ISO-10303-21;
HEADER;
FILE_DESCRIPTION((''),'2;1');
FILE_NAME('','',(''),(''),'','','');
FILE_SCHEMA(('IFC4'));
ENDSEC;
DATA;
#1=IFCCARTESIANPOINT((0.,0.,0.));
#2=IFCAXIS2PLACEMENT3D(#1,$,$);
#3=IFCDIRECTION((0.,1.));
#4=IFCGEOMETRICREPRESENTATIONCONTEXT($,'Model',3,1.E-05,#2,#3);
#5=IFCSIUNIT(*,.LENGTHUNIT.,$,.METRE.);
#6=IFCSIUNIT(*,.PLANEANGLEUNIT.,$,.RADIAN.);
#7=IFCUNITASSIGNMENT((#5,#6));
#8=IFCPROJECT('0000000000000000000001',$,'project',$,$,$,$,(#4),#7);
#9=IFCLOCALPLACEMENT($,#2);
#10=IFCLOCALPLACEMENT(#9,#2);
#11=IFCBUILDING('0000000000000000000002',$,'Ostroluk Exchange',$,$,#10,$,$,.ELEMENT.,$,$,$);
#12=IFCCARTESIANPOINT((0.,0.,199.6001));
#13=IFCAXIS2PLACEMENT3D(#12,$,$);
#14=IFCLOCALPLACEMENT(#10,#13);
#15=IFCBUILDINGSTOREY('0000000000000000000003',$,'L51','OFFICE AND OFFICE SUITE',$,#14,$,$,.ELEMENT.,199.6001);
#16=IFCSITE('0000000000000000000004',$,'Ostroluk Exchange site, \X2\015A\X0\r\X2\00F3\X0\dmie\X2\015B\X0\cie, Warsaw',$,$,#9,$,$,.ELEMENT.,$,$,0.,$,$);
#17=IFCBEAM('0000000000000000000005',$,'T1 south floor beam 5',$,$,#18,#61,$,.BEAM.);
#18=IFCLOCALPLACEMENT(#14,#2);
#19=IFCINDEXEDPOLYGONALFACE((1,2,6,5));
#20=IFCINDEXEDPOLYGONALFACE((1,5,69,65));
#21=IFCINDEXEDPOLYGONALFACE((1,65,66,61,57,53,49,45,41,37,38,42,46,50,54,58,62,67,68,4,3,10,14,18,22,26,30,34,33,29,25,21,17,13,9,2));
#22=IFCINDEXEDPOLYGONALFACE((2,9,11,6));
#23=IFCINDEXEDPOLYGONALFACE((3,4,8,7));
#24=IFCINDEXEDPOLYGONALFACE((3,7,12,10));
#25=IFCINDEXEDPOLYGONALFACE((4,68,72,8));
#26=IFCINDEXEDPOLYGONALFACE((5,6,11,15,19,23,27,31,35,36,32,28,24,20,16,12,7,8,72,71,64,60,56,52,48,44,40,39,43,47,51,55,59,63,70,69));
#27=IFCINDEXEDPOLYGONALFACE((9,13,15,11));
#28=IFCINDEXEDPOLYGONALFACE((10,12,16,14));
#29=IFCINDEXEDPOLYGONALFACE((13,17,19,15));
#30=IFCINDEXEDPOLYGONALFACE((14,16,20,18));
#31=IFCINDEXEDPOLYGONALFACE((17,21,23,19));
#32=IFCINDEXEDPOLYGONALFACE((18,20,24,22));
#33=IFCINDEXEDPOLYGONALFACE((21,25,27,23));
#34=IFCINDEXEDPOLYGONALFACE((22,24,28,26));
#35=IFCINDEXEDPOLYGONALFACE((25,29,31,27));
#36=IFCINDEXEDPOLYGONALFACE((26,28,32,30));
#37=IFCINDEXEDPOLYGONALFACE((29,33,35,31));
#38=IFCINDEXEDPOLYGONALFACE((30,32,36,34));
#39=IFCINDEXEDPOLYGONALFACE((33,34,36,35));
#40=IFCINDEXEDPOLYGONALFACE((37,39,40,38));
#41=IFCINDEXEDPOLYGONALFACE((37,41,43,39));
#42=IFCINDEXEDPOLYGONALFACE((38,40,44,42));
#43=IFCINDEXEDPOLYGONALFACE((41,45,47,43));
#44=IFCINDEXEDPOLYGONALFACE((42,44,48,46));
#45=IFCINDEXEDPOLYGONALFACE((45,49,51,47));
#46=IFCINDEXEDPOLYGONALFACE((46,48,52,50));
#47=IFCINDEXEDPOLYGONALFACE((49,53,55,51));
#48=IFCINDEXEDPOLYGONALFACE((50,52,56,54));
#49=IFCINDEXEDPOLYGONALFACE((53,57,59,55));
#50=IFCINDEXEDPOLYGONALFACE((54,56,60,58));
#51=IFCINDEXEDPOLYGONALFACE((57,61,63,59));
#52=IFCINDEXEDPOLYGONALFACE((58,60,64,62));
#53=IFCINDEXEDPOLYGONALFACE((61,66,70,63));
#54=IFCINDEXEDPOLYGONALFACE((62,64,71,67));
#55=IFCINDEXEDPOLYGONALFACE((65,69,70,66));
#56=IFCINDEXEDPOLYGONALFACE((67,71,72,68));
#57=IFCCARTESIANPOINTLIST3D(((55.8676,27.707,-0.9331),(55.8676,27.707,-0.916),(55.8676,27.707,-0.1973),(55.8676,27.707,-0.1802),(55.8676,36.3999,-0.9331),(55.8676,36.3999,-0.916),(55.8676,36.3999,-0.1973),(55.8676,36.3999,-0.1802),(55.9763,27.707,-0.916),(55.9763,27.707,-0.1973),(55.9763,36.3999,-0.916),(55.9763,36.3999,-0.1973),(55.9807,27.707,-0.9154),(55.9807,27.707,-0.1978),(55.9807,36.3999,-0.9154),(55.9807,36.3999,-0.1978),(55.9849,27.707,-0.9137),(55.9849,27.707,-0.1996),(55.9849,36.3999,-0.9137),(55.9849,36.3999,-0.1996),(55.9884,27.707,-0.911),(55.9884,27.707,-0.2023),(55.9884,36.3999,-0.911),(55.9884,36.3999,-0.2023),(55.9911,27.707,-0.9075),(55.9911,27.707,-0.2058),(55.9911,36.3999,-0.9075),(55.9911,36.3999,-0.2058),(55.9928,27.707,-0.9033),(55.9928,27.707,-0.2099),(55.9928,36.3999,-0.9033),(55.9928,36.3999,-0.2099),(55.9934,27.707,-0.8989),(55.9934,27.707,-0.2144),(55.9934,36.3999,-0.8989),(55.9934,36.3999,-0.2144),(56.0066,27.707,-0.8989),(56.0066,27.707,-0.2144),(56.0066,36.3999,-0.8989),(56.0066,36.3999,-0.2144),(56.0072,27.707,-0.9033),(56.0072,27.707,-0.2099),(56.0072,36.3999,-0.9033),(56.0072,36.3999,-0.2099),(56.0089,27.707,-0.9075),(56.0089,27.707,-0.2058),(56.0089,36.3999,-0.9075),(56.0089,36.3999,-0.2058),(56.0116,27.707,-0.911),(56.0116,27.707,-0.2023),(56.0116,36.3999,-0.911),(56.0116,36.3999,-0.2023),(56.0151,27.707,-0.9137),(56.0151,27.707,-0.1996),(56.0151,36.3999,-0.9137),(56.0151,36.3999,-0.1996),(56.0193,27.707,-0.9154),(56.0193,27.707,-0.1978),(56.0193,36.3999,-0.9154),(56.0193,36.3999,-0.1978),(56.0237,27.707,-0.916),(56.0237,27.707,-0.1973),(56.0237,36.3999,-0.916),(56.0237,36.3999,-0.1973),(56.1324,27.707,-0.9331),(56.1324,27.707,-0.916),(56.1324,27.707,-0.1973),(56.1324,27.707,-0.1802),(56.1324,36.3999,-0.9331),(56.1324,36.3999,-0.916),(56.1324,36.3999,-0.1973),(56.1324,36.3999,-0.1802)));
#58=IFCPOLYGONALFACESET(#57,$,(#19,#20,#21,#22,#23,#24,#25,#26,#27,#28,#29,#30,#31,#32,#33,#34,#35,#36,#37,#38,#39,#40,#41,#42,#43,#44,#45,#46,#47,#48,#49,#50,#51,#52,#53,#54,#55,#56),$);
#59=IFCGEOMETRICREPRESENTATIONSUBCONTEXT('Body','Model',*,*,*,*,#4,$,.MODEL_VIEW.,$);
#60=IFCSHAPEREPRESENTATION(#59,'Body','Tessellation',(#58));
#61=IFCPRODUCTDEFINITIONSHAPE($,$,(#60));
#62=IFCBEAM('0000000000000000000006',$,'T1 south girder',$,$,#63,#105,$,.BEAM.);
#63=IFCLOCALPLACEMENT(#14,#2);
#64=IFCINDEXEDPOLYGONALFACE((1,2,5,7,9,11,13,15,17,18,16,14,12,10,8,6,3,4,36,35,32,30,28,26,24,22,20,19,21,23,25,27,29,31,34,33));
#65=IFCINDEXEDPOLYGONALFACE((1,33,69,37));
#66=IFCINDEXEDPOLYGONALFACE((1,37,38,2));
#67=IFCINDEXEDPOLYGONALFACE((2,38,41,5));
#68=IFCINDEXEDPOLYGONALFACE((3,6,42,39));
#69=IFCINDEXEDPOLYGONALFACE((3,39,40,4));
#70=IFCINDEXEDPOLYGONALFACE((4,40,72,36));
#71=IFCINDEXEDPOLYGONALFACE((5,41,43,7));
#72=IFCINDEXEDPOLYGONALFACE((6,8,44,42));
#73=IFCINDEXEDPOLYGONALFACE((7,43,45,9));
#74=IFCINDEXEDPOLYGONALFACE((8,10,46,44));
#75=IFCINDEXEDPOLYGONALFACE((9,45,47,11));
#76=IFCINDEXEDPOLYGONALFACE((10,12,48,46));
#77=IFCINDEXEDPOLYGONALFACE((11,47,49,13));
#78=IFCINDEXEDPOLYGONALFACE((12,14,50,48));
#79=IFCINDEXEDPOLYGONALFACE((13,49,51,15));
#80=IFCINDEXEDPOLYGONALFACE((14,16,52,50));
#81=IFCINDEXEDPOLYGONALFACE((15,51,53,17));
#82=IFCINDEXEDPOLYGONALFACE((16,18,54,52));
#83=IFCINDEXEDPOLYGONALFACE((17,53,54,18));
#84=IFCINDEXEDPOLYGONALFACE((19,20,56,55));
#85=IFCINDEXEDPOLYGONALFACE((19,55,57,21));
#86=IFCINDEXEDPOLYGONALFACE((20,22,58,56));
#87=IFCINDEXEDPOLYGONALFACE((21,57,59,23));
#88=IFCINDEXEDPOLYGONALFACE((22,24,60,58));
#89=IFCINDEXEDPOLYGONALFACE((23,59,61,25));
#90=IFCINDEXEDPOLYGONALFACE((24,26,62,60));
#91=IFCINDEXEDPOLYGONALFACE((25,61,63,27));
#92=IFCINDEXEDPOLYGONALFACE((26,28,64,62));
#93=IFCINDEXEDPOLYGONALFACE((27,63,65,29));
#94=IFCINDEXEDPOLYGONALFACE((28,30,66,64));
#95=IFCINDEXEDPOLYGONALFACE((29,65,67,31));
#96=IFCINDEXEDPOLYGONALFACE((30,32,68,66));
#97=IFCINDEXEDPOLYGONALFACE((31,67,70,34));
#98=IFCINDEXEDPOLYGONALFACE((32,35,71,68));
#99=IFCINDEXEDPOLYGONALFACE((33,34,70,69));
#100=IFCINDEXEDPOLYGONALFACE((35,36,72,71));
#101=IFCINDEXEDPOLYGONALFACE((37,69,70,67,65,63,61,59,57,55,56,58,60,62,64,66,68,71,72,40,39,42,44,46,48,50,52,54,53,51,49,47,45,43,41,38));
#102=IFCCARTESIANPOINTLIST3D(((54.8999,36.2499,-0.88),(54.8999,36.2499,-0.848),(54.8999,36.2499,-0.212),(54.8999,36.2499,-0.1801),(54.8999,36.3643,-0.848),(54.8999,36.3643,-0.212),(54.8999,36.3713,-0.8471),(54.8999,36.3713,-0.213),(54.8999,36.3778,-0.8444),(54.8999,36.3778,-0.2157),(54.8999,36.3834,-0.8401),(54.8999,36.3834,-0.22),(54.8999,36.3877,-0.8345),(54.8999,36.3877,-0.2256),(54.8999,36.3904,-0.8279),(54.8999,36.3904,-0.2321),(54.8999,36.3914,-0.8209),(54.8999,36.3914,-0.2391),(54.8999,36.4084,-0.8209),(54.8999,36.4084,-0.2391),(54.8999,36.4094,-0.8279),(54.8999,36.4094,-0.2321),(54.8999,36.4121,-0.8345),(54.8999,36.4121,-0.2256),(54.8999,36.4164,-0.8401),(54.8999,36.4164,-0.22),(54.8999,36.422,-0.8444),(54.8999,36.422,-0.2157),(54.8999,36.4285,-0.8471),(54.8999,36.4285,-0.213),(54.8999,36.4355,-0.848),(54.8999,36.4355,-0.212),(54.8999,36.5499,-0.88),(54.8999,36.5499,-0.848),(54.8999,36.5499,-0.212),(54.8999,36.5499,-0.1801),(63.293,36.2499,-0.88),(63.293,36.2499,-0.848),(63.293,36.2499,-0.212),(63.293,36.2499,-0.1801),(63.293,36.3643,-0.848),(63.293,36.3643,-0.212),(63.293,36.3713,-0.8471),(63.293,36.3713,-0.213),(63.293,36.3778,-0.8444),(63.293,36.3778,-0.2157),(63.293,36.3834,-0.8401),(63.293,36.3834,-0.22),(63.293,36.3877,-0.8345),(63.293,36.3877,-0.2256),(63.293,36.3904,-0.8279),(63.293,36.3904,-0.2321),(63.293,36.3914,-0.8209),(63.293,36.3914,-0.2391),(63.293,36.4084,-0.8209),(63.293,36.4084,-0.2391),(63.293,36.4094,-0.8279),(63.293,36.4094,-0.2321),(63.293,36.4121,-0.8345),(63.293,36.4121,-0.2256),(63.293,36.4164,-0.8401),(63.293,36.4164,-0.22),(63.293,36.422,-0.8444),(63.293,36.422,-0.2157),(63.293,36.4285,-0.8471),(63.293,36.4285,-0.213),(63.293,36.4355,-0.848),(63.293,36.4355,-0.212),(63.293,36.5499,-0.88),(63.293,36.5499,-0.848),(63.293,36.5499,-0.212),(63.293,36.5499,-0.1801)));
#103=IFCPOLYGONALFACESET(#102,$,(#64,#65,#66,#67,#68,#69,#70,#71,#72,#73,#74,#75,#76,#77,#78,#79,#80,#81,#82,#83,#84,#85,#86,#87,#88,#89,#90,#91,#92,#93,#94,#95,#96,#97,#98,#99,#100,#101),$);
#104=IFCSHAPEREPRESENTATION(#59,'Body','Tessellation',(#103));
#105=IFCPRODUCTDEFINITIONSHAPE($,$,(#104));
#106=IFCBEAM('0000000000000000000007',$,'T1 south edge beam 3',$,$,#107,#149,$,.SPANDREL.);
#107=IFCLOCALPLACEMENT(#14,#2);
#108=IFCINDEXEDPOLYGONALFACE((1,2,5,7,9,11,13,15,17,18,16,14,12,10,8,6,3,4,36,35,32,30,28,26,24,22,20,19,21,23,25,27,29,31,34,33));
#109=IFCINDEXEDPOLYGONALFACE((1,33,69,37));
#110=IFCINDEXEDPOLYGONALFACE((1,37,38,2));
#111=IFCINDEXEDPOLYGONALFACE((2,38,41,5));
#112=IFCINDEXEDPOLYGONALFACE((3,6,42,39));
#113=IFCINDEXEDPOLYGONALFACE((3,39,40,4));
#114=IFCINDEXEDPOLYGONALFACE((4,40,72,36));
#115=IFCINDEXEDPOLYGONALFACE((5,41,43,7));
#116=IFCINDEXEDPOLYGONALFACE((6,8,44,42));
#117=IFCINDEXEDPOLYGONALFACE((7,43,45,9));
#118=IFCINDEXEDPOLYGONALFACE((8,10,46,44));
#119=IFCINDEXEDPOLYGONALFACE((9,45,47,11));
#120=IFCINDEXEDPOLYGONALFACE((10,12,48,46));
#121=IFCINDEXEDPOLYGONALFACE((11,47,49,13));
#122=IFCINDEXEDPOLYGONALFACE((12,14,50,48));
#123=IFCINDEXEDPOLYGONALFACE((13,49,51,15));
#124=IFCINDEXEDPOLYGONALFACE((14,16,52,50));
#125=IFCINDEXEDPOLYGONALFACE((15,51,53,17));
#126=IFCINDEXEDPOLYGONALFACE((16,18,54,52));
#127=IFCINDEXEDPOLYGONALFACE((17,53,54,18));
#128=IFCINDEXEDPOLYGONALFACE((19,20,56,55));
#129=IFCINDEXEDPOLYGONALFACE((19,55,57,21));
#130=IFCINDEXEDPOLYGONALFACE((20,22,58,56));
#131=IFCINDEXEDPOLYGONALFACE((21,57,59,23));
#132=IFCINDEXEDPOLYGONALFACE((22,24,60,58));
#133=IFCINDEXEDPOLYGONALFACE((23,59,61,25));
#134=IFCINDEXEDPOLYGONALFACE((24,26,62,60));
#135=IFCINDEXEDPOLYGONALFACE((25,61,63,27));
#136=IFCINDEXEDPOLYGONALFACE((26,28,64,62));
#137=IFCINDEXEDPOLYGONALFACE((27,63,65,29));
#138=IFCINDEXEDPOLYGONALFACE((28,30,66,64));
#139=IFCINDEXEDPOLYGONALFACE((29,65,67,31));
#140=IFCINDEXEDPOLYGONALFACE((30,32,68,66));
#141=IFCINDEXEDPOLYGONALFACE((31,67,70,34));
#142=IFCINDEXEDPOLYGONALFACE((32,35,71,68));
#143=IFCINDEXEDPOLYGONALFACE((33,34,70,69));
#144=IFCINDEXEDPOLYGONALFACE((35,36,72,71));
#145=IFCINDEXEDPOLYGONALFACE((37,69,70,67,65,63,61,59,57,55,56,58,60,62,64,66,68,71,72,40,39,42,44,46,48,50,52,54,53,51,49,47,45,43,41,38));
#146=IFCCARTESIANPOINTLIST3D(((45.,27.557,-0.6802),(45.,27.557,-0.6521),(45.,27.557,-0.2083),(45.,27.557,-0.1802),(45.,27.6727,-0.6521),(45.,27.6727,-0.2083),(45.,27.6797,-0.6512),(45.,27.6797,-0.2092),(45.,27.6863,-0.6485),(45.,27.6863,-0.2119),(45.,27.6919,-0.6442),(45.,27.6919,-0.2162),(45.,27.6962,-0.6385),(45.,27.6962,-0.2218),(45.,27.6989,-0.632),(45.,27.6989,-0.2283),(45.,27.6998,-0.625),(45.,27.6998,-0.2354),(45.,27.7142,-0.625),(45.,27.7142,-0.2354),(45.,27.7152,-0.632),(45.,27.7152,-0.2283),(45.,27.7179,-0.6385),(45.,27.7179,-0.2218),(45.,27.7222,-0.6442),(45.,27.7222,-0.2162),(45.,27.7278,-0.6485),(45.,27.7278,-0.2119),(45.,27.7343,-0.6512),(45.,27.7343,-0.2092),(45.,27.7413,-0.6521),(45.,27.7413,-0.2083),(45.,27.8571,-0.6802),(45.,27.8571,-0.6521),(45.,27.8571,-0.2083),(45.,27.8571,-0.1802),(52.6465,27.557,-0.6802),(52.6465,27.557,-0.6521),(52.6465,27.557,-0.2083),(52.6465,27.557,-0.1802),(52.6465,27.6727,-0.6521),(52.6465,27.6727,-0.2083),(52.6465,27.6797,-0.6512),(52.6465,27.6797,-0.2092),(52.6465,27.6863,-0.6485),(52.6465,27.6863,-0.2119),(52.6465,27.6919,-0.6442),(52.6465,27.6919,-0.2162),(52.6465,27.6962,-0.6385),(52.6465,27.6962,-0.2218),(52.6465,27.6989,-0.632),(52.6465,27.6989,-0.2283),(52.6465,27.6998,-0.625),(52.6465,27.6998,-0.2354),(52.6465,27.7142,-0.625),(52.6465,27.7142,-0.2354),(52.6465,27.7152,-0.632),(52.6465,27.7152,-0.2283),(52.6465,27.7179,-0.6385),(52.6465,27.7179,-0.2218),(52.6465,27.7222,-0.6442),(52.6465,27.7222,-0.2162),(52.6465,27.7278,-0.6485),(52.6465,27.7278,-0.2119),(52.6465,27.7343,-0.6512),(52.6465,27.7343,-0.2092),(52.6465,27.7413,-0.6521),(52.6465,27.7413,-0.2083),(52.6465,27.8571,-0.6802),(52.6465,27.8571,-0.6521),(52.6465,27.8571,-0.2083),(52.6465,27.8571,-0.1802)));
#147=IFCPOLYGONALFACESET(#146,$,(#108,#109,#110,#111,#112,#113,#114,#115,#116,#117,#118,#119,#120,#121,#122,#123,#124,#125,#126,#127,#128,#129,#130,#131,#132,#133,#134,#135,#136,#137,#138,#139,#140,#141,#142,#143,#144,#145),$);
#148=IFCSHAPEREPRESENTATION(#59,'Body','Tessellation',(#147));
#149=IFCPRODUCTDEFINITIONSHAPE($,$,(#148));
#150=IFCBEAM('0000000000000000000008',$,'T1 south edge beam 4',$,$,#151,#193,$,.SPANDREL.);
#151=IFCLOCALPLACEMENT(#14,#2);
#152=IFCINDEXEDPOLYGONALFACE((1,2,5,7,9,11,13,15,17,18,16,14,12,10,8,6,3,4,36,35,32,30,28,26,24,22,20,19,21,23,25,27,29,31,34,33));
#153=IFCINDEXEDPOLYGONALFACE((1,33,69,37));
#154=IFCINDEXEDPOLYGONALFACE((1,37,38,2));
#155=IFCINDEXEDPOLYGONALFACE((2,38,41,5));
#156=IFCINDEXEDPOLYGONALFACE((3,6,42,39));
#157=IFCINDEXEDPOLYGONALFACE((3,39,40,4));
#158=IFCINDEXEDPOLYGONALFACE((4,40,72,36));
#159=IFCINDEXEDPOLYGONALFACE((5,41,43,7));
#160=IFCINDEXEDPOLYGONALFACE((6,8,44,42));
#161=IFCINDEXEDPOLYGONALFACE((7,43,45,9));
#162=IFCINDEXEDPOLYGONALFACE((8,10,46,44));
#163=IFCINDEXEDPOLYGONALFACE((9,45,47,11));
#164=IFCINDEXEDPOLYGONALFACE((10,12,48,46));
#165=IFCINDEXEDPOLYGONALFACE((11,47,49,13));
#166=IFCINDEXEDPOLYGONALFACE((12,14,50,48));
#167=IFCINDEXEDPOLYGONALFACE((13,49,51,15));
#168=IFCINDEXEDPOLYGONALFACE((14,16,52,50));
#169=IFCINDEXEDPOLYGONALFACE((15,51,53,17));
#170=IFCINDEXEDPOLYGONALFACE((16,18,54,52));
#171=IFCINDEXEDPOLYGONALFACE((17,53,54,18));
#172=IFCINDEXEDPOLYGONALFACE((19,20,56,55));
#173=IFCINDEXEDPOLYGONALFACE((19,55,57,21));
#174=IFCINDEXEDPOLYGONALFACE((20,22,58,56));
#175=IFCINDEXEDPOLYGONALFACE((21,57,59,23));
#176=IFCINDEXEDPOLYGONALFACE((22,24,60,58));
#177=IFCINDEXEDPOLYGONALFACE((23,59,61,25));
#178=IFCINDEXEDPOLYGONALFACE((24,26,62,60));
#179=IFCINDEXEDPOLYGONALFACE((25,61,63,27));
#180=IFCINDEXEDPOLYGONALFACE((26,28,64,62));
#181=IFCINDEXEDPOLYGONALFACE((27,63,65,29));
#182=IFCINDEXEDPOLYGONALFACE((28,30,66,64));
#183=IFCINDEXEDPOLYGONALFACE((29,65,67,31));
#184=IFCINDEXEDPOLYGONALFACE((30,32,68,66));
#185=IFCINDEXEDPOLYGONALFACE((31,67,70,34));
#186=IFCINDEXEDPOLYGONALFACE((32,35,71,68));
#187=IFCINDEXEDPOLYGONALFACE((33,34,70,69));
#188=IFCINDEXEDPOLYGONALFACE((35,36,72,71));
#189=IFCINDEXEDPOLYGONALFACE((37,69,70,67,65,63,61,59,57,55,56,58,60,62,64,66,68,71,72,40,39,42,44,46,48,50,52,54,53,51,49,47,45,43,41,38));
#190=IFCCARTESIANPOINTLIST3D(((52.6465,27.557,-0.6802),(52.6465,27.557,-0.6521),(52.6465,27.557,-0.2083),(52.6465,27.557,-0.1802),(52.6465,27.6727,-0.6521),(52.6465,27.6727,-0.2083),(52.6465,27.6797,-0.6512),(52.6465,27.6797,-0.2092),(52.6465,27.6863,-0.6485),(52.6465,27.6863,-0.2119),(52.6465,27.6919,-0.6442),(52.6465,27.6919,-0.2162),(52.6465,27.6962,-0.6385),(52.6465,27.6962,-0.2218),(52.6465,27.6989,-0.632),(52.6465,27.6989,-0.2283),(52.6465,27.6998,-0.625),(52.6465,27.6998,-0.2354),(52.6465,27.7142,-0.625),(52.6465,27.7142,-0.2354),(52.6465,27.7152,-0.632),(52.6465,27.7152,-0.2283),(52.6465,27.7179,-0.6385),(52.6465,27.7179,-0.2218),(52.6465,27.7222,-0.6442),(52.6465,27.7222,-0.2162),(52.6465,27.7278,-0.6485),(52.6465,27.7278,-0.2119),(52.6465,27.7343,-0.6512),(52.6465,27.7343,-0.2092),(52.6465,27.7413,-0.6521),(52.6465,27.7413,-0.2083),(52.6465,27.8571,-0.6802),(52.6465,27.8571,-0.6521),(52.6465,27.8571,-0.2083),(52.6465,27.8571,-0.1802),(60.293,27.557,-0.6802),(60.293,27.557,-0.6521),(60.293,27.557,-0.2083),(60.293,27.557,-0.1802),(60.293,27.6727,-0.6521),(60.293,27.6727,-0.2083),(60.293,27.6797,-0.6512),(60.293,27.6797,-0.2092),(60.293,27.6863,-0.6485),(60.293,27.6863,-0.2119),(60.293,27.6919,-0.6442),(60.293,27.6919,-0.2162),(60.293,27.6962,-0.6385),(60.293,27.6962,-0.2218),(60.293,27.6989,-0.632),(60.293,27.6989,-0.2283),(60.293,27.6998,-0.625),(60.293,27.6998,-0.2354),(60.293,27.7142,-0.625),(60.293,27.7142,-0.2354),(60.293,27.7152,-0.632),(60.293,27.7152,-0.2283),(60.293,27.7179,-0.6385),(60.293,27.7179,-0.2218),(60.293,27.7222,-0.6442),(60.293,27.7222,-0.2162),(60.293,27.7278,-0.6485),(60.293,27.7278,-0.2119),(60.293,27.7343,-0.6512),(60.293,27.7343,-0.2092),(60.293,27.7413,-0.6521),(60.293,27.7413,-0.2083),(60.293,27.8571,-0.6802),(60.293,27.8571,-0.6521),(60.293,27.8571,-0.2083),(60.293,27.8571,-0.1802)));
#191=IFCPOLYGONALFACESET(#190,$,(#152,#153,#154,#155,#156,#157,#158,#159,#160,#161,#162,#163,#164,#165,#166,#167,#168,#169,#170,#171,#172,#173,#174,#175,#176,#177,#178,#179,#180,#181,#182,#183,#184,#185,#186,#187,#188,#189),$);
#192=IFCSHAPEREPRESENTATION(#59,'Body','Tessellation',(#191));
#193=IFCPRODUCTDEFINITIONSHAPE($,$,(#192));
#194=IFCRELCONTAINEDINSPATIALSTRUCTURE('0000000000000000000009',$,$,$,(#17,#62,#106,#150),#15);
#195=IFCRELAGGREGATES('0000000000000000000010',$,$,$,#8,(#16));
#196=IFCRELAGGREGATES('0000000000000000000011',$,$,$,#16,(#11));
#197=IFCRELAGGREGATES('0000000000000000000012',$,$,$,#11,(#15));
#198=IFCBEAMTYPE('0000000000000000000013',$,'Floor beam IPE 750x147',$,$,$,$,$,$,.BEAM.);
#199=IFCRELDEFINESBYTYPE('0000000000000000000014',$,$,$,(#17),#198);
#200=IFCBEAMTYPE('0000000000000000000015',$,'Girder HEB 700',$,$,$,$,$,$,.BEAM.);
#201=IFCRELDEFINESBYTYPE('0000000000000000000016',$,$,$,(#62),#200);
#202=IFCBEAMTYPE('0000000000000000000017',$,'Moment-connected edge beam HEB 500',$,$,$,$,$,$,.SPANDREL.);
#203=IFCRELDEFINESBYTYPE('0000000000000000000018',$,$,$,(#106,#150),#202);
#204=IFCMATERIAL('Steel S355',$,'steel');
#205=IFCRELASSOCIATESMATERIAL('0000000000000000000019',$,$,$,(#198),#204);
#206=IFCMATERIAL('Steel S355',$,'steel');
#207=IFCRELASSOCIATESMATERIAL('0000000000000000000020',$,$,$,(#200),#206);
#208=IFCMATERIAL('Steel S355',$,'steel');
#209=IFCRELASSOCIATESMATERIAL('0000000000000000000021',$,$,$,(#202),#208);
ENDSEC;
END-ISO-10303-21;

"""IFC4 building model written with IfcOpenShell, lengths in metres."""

from ifc_helpers import new_model, si_unit, direction, frame, origin, origin_2d, place, context, subcontext, project, spatial, i_section, extrude, material, material_profile, profile_set, type_object, element, save


model = new_model("IFC4")

# Units and contexts
model_context = context("Model", 3, precision=1e-05, world=origin(), true_north=direction((0.0, 1.0)))
body_context = subcontext(model_context, "Body", "Model", "MODEL_VIEW")
ifc_project = project(units=[si_unit("LENGTHUNIT", "METRE"), si_unit("PLANEANGLEUNIT", "RADIAN")], contexts=[model_context])

# Site, building, storey
site_placement = place(None, origin())
site = spatial("IfcSite", under=ifc_project, at=site_placement, Name="Ostroluk Exchange site, Śródmieście, Warsaw", CompositionType="ELEMENT", RefElevation=0.0)
building_placement = place(site_placement, origin())
building = spatial("IfcBuilding", under=site, at=building_placement, Name="Ostroluk Exchange", CompositionType="ELEMENT")
storey_placement = place(building_placement, frame((0.0, 0.0, 199.6001)))
storey = spatial("IfcBuildingStorey", under=building, at=storey_placement, Name="L51", Description="OFFICE AND OFFICE SUITE", CompositionType="ELEMENT", Elevation=199.6001)

# Beams
ifc_material_1 = material(Name="Steel S355", Category="steel")
ifc_material_profile_1 = material_profile(ifc_material_1, i_section(OverallWidth=0.2649, OverallDepth=0.7529, WebThickness=0.0132, FlangeThickness=0.0171, FilletRadius=0.0171, at=origin_2d()), Name="IPE 750x147")
ifc_profile_set_1 = profile_set([ifc_material_profile_1], Name="Steel S355")
beam_type_1 = type_object("IfcBeamType", Name="Floor beam IPE 750x147", PredefinedType="BEAM", material=ifc_profile_set_1)
beam_1_placement = place(storey_placement, frame((56.0, 36.3999, -0.5566), z_axis=(0.0, -1.0, 0.0), x_axis=(1.0, 0.0, 0.0)))
element("IfcBeam", 1, at=beam_1_placement, inside=storey, type_object=beam_type_1, Name="T1 south floor beam 5", PredefinedType="BEAM", context=body_context, shape_type="SweptSolid", body=[
    extrude(i_section(OverallWidth=0.2649, OverallDepth=0.7529, WebThickness=0.0132, FlangeThickness=0.0171, FilletRadius=0.0171, at=origin_2d()), origin(), (0.0, 0.0, 1.0), 8.6929),
])
ifc_material_2 = material(Name="Steel S355", Category="steel")
ifc_material_profile_2 = material_profile(ifc_material_2, i_section(OverallWidth=0.3, OverallDepth=0.7, WebThickness=0.0171, FlangeThickness=0.032, FilletRadius=0.0271, at=origin_2d()), Name="HEB 700")
ifc_profile_set_2 = profile_set([ifc_material_profile_2], Name="Steel S355")
beam_type_2 = type_object("IfcBeamType", Name="Girder HEB 700", PredefinedType="BEAM", material=ifc_profile_set_2)
beam_2_placement = place(storey_placement, frame((54.8999, 36.3999, -0.53), z_axis=(1.0, 0.0, 0.0), x_axis=(0.0, 1.0, 0.0)))
element("IfcBeam", 2, at=beam_2_placement, inside=storey, type_object=beam_type_2, Name="T1 south girder", PredefinedType="BEAM", context=body_context, shape_type="SweptSolid", body=[
    extrude(i_section(OverallWidth=0.3, OverallDepth=0.7, WebThickness=0.0171, FlangeThickness=0.032, FilletRadius=0.0271, at=origin_2d()), origin(), (0.0, 0.0, 1.0), 8.3931),
])
ifc_material_3 = material(Name="Steel S355", Category="steel")
ifc_material_profile_3 = material_profile(ifc_material_3, i_section(OverallWidth=0.3, OverallDepth=0.5, WebThickness=0.0144, FlangeThickness=0.0281, FilletRadius=0.0271, at=origin_2d()), Name="HEB 500")
ifc_profile_set_3 = profile_set([ifc_material_profile_3], Name="Steel S355")
beam_type_3 = type_object("IfcBeamType", Name="Moment-connected edge beam HEB 500", PredefinedType="SPANDREL", material=ifc_profile_set_3)
for number, where, z_axis, x_axis, name in (
    (3, (45.0, 27.707, -0.4302), (1.0, 0.0, 0.0), (0.0, 1.0, 0.0), "T1 south edge beam 3"),
    (4, (52.6465, 27.707, -0.4302), (1.0, 0.0, 0.0), (0.0, 1.0, 0.0), "T1 south edge beam 4"),
):
    element("IfcBeam", number, at=place(storey_placement, frame(where, z_axis=z_axis, x_axis=x_axis)), inside=storey, type_object=beam_type_3, Name=name, PredefinedType="SPANDREL", context=body_context, shape_type="SweptSolid", body=[
        extrude(i_section(OverallWidth=0.3, OverallDepth=0.5, WebThickness=0.0144, FlangeThickness=0.0281, FilletRadius=0.0271, at=origin_2d()), origin(), (0.0, 0.0, 1.0), 7.6465),
    ])

save(model, "model.ifc")
